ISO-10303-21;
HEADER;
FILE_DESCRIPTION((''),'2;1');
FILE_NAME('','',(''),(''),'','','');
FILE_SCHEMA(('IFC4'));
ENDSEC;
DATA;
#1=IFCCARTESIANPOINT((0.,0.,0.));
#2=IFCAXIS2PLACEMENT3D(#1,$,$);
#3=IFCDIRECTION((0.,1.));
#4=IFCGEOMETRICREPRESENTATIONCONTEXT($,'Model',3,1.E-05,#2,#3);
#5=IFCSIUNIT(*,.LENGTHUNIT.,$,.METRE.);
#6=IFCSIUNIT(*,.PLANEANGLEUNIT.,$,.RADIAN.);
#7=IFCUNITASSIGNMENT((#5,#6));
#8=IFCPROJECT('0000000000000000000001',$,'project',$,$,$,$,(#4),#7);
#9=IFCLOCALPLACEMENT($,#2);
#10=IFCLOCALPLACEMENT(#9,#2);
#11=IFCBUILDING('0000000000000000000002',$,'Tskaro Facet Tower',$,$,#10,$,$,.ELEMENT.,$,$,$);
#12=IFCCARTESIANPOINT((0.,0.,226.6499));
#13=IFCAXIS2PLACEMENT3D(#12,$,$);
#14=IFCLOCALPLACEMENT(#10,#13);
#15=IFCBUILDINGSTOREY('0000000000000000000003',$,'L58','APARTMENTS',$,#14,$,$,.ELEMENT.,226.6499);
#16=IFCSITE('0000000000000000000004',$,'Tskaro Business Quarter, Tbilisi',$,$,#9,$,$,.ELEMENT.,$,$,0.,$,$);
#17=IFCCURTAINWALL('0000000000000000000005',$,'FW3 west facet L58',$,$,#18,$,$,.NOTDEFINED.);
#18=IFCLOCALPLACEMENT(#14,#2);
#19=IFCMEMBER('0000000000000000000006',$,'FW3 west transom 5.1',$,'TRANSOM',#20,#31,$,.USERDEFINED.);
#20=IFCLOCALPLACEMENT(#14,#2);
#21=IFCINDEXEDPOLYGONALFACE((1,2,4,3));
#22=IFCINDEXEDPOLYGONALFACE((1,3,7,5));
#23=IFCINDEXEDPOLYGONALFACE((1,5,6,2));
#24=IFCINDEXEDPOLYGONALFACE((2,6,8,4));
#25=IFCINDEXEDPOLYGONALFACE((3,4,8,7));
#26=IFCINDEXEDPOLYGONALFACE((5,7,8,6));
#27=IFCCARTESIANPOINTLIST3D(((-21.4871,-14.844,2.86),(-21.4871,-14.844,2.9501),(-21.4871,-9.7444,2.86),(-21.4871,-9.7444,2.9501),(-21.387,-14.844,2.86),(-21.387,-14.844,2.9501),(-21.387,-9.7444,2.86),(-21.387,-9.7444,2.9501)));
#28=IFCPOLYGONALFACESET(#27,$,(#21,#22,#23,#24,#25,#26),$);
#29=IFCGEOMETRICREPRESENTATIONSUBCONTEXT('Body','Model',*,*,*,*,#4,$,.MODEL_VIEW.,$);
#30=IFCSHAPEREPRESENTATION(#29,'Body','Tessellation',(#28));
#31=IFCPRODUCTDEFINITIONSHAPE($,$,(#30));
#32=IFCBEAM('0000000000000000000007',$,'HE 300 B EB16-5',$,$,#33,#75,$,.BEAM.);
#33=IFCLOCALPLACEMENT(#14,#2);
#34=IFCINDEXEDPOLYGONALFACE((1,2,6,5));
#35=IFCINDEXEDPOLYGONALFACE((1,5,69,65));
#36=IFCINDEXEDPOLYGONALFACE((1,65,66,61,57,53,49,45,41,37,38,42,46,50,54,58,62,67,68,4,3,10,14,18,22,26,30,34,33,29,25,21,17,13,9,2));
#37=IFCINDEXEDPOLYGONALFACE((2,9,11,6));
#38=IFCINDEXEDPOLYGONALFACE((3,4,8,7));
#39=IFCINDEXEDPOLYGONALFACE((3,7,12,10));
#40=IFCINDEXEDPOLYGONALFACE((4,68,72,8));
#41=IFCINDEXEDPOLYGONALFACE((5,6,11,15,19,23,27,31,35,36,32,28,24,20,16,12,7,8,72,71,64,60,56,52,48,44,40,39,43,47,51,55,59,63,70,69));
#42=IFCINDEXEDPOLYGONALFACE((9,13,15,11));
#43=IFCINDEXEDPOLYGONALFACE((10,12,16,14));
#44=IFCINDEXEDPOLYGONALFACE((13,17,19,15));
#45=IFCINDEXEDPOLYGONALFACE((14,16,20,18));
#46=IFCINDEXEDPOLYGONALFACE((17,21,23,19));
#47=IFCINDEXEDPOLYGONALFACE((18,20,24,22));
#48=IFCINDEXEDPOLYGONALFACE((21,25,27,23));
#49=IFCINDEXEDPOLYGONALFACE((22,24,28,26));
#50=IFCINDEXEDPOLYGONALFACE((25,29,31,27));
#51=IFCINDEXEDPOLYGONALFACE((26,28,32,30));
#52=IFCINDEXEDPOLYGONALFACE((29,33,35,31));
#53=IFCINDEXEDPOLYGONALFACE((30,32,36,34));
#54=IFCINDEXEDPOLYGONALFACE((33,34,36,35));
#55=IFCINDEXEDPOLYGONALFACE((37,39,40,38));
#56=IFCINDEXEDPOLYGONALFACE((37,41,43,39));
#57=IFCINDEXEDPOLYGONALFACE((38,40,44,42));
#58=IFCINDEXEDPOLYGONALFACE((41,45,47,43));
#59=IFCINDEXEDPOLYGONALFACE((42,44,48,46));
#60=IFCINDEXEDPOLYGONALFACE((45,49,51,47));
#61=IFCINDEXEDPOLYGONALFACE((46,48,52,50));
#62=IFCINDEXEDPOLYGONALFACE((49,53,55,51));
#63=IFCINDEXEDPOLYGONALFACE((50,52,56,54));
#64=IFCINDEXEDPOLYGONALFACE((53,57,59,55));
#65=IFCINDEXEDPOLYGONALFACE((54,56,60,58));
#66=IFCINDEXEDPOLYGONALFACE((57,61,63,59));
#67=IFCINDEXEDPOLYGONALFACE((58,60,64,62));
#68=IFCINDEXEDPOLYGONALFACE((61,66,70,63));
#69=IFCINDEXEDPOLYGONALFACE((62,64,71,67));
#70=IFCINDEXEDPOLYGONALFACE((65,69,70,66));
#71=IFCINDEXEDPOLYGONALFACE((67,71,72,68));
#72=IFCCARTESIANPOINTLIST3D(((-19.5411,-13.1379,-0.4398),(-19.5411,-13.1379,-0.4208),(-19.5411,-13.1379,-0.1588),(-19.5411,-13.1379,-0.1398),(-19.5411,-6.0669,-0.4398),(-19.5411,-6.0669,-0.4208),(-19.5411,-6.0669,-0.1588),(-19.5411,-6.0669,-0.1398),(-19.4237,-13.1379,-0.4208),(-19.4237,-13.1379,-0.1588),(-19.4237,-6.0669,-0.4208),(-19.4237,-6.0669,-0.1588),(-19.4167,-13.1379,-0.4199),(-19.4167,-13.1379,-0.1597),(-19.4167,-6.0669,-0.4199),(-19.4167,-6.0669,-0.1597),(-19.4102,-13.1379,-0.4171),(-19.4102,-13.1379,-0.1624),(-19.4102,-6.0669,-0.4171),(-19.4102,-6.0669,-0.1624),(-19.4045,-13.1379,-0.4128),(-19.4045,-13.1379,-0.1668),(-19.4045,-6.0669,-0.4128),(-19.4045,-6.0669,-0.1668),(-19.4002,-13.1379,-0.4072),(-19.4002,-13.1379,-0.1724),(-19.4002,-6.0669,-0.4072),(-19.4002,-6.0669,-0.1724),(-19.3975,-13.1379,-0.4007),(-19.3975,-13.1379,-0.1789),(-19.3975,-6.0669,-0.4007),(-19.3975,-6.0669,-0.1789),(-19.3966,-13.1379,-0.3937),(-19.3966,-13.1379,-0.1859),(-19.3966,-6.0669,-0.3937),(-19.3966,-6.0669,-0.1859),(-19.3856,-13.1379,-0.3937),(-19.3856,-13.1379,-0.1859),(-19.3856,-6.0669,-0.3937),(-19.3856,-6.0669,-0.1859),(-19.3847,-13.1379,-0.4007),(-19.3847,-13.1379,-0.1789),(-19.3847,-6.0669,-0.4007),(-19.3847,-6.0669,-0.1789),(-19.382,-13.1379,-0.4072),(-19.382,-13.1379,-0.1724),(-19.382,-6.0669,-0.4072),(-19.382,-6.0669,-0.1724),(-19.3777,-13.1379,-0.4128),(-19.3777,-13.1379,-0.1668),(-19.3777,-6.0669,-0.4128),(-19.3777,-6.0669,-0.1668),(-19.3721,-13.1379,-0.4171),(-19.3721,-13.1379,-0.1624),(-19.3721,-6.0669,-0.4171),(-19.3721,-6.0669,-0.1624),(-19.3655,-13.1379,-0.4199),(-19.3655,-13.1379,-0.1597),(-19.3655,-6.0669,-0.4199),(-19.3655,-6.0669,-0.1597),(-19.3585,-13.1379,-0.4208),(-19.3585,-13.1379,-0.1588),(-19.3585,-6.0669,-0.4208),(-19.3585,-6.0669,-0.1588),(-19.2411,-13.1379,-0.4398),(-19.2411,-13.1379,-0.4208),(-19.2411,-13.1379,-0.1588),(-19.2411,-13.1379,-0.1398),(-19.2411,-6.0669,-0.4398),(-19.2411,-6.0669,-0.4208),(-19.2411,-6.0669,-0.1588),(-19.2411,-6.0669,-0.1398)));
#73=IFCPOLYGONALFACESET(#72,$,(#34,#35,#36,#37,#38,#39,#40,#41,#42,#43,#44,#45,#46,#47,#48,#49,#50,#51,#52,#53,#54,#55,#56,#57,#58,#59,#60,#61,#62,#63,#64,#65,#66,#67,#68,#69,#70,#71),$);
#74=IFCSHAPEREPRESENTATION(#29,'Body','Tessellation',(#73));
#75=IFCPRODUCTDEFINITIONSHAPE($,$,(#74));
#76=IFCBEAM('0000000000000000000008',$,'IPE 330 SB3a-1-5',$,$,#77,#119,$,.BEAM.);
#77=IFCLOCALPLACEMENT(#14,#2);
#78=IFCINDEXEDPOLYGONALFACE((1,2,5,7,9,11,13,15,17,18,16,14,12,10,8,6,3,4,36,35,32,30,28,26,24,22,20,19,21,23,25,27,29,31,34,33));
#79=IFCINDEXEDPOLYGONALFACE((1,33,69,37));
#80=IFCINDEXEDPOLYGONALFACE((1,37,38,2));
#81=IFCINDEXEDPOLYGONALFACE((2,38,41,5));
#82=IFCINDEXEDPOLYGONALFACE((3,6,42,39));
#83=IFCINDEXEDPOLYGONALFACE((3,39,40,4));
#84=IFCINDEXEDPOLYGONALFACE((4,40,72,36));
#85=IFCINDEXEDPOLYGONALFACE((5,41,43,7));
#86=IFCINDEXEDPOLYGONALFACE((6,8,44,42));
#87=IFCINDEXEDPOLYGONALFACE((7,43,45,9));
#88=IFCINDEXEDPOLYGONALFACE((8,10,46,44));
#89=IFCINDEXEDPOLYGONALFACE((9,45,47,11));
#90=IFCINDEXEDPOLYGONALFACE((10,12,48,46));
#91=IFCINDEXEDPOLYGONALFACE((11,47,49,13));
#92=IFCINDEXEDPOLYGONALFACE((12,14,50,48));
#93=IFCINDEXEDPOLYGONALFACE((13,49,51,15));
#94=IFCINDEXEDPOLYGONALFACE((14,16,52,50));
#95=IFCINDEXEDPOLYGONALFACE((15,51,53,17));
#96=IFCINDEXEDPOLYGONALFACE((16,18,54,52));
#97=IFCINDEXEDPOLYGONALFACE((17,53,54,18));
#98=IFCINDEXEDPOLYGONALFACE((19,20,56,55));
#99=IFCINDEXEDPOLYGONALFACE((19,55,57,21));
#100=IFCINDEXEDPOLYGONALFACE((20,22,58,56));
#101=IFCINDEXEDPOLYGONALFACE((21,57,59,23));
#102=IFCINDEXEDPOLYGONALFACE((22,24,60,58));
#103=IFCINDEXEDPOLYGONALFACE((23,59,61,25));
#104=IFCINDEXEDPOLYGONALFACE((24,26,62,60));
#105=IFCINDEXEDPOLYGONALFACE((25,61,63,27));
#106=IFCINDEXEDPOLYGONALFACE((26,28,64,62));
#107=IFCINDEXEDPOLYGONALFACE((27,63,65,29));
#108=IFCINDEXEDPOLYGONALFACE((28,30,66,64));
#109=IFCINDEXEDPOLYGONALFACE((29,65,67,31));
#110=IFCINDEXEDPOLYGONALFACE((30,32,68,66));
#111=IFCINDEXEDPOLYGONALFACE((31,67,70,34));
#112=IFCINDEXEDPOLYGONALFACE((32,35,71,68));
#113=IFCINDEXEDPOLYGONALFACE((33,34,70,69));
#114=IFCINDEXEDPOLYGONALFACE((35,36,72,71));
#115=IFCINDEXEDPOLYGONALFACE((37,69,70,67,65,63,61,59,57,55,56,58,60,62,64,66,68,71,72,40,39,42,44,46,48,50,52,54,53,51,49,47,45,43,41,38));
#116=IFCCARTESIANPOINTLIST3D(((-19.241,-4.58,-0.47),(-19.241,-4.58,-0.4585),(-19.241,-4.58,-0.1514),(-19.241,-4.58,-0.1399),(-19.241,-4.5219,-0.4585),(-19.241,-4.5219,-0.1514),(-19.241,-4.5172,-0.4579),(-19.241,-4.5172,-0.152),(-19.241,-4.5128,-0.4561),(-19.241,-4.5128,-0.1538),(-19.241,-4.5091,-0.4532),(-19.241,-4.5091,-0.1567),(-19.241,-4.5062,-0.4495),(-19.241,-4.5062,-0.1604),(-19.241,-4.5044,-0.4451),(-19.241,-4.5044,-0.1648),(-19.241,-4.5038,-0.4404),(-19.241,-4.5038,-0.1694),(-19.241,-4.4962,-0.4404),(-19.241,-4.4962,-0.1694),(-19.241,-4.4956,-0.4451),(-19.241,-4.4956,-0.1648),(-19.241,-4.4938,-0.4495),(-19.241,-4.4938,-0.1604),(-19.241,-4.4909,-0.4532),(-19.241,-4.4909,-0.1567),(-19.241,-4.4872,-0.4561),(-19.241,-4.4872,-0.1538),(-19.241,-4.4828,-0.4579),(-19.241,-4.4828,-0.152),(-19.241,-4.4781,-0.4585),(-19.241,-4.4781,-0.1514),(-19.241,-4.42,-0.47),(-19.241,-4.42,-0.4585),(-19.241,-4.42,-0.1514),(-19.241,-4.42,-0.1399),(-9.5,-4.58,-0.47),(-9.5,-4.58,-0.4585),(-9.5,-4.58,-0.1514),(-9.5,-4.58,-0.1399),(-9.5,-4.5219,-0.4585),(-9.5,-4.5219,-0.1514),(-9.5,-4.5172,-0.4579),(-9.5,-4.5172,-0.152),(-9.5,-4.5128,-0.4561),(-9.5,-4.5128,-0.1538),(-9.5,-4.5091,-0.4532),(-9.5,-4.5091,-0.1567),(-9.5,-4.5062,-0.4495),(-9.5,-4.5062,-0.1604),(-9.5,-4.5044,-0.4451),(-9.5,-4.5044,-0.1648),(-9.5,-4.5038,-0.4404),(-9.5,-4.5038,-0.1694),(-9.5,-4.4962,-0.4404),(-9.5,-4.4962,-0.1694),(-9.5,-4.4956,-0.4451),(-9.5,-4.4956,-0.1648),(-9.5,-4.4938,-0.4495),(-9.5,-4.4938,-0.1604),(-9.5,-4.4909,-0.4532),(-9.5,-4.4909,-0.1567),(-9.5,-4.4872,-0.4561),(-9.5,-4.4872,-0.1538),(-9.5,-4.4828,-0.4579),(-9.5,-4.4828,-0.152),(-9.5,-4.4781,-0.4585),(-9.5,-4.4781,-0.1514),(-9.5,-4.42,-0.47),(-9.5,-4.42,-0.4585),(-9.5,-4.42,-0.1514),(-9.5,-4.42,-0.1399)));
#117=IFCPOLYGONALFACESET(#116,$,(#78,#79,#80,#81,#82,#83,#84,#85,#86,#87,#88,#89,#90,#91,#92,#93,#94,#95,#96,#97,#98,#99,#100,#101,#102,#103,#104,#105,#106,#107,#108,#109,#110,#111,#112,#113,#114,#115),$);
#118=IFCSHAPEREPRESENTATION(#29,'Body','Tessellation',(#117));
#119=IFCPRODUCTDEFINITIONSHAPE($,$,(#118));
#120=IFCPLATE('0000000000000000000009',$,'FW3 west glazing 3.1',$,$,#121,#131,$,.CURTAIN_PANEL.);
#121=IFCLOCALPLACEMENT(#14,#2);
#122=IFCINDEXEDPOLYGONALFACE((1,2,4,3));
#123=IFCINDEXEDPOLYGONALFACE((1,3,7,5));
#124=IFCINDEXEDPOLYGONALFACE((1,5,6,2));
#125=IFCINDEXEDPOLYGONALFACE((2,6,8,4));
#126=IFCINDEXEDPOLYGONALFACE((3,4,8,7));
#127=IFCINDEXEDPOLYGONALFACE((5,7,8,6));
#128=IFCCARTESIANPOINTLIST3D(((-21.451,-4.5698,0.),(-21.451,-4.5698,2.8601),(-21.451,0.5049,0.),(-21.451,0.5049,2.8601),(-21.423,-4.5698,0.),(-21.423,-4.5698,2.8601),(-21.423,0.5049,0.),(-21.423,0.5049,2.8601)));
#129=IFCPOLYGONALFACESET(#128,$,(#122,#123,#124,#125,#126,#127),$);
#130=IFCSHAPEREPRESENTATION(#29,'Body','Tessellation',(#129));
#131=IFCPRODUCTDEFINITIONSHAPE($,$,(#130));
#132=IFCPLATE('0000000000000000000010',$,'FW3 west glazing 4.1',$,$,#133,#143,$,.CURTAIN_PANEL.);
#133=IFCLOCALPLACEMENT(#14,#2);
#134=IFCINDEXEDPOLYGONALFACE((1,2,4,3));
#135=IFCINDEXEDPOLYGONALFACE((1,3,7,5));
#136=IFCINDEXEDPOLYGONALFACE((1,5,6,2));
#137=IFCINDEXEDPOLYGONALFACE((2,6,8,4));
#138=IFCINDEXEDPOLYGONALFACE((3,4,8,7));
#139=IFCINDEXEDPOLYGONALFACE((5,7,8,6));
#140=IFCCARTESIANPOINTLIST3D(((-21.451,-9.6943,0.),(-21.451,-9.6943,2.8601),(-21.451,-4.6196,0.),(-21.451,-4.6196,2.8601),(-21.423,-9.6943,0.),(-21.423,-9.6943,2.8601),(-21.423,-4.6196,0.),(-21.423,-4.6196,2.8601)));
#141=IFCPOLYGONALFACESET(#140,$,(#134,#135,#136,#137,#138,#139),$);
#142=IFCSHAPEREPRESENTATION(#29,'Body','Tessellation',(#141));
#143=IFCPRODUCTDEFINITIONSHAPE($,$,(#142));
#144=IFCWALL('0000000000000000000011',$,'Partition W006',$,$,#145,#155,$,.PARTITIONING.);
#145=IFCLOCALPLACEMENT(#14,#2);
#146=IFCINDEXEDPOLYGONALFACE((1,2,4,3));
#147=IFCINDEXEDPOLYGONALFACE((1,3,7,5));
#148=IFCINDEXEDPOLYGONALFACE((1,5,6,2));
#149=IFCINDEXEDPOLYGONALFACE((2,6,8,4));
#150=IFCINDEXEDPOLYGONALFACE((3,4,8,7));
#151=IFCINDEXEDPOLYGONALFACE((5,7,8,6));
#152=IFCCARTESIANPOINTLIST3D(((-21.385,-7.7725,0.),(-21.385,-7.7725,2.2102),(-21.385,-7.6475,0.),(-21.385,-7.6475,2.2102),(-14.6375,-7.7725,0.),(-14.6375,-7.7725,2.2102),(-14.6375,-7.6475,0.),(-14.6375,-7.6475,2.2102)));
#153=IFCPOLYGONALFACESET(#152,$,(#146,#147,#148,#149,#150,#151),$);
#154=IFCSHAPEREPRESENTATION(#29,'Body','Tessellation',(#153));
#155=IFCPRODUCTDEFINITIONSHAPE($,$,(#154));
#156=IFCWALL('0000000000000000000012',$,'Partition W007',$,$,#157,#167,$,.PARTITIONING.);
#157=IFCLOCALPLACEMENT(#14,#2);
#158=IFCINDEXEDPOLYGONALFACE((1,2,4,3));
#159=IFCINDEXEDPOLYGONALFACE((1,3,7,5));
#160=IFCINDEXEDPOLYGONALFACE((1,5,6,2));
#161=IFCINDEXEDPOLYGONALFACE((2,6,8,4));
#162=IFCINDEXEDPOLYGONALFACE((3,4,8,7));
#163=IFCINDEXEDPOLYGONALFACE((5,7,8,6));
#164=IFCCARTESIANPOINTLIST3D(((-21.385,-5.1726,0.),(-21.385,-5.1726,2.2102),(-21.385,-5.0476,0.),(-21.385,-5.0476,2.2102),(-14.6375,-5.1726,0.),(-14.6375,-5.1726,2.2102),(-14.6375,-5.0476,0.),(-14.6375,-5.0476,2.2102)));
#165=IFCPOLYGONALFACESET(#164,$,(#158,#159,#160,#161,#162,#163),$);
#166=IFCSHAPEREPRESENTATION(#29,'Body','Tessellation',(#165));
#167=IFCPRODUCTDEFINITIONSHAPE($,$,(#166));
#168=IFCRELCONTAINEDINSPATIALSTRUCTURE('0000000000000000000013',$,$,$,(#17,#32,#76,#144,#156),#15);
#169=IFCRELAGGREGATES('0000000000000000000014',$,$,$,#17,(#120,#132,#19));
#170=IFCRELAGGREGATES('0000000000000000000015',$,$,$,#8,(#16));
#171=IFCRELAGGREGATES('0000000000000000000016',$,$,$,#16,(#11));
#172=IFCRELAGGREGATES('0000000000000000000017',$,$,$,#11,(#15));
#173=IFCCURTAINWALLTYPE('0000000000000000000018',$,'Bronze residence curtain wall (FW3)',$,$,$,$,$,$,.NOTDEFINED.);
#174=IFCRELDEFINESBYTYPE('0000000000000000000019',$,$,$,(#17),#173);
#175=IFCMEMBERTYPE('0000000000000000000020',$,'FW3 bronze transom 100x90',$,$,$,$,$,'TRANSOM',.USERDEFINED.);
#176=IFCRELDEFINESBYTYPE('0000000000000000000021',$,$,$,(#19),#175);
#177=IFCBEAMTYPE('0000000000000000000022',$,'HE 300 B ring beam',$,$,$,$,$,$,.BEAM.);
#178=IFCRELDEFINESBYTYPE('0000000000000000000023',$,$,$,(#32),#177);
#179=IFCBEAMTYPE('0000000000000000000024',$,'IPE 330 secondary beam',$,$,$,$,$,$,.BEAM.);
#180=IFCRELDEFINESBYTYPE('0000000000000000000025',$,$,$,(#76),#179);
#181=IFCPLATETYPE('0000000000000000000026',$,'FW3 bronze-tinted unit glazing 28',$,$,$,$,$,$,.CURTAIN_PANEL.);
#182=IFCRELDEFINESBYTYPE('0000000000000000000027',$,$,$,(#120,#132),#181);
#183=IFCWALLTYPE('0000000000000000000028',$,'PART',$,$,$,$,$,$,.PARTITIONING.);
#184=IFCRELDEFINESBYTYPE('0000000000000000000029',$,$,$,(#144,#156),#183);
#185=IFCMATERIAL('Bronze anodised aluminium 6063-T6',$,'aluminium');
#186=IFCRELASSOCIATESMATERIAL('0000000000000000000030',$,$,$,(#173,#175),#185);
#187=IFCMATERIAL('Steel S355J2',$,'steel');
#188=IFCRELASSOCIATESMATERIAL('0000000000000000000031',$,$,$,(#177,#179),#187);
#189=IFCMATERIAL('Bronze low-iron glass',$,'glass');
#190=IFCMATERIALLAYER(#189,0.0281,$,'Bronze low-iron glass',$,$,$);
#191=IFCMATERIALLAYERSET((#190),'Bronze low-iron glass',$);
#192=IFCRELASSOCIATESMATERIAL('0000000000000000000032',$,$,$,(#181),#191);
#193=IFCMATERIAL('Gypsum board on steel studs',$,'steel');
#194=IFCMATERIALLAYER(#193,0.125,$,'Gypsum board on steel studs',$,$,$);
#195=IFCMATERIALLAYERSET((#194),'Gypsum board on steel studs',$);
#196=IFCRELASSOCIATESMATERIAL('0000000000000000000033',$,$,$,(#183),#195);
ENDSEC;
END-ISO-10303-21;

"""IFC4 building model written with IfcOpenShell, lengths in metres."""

from ifc_helpers import new_model, si_unit, direction, frame, frame_2d, origin, origin_2d, place, context, subcontext, project, spatial, rectangle, i_section, extrude, material, layer, layer_set, material_profile, profile_set, type_object, element, aggregate, save


model = new_model("IFC4")

# Units and contexts
model_context = context("Model", 3, precision=1e-05, world=origin(), true_north=direction((0.0, 1.0)))
body_context = subcontext(model_context, "Body", "Model", "MODEL_VIEW")
ifc_project = project(units=[si_unit("LENGTHUNIT", "METRE"), si_unit("PLANEANGLEUNIT", "RADIAN")], contexts=[model_context])

# Site, building, storey
site_placement = place(None, origin())
site = spatial("IfcSite", under=ifc_project, at=site_placement, Name="Tskaro Business Quarter, Tbilisi", CompositionType="ELEMENT", RefElevation=0.0)
building_placement = place(site_placement, origin())
building = spatial("IfcBuilding", under=site, at=building_placement, Name="Tskaro Facet Tower", CompositionType="ELEMENT")
storey_placement = place(building_placement, frame((0.0, 0.0, 226.6499)))
storey = spatial("IfcBuildingStorey", under=building, at=storey_placement, Name="L58", Description="APARTMENTS", CompositionType="ELEMENT", Elevation=226.6499)

# Shared definitions
ifc_material_1 = material(Name="Steel S355J2", Category="steel")

# Curtain wall, member
ifc_material_2 = material(Name="Bronze anodised aluminium 6063-T6", Category="aluminium")
curtain_wall_type = type_object("IfcCurtainWallType", Name="Bronze residence curtain wall (FW3)", PredefinedType="NOTDEFINED", material=ifc_material_2)
curtain_wall_placement = place(storey_placement, origin())
curtain_wall = element("IfcCurtainWall", 1, at=curtain_wall_placement, inside=storey, type_object=curtain_wall_type, Name="FW3 west facet L58", PredefinedType="NOTDEFINED")
ifc_material_profile_1 = material_profile(ifc_material_2, rectangle(XDim=0.1001, YDim=0.0901, at=origin_2d()), Name="Transom 100x90")
ifc_profile_set_1 = profile_set([ifc_material_profile_1], Name="Bronze anodised aluminium 6063-T6")
member_type_1 = type_object("IfcMemberType", Name="FW3 bronze transom 100x90", ElementType="TRANSOM", PredefinedType="USERDEFINED", material=ifc_profile_set_1)
member_1_placement = place(storey_placement, frame((-21.437, -9.7444, 2.905), z_axis=(0.0, -1.0, 0.0), x_axis=(1.0, 0.0, 0.0)))
member_1 = element("IfcMember", 2, at=member_1_placement, type_object=member_type_1, Name="FW3 west transom 5.1", ObjectType="TRANSOM", PredefinedType="USERDEFINED", context=body_context, shape_type="SweptSolid", body=[
    extrude(rectangle(XDim=0.1001, YDim=0.0901, at=origin_2d()), origin(), (0.0, 0.0, 1.0), 5.0996),
])

# Beams
ifc_material_profile_2 = material_profile(ifc_material_1, i_section(OverallWidth=0.3, OverallDepth=0.3, WebThickness=0.011, FlangeThickness=0.019, FilletRadius=0.0271, at=origin_2d()), Name="HE 300 B")
ifc_profile_set_2 = profile_set([ifc_material_profile_2], Name="Steel S355J2")
beam_type_1 = type_object("IfcBeamType", Name="HE 300 B ring beam", PredefinedType="BEAM", material=ifc_profile_set_2)
beam_1_placement = place(storey_placement, frame((-19.3911, -6.0669, -0.2898), z_axis=(0.0, -1.0, 0.0), x_axis=(1.0, 0.0, 0.0)))
element("IfcBeam", 3, at=beam_1_placement, inside=storey, type_object=beam_type_1, Name="HE 300 B EB16-5", PredefinedType="BEAM", context=body_context, shape_type="SweptSolid", body=[
    extrude(i_section(OverallWidth=0.3, OverallDepth=0.3, WebThickness=0.011, FlangeThickness=0.019, FilletRadius=0.0271, at=origin_2d()), origin(), (0.0, 0.0, 1.0), 7.071),
])
ifc_material_profile_3 = material_profile(ifc_material_1, i_section(OverallWidth=0.1599, OverallDepth=0.3301, WebThickness=0.0076, FlangeThickness=0.0115, FilletRadius=0.0181, at=origin_2d()), Name="IPE 330")
ifc_profile_set_3 = profile_set([ifc_material_profile_3], Name="Steel S355J2")
beam_type_2 = type_object("IfcBeamType", Name="IPE 330 secondary beam", PredefinedType="BEAM", material=ifc_profile_set_3)
beam_2_placement = place(storey_placement, frame((-19.241, -4.5, -0.3049), z_axis=(1.0, 0.0, 0.0), x_axis=(0.0, 1.0, 0.0)))
element("IfcBeam", 4, at=beam_2_placement, inside=storey, type_object=beam_type_2, Name="IPE 330 SB3a-1-5", PredefinedType="BEAM", context=body_context, shape_type="SweptSolid", body=[
    extrude(i_section(OverallWidth=0.1599, OverallDepth=0.3301, WebThickness=0.0076, FlangeThickness=0.0115, FilletRadius=0.0181, at=origin_2d()), origin(), (0.0, 0.0, 1.0), 9.741),
])

# Plates
ifc_material_3 = material(Name="Bronze low-iron glass", Category="glass")
ifc_layer_1 = layer(ifc_material_3, 0.0281, Name="Bronze low-iron glass")
ifc_layer_set_1 = layer_set([ifc_layer_1], Name="Bronze low-iron glass")
plate_type = type_object("IfcPlateType", Name="FW3 bronze-tinted unit glazing 28", PredefinedType="CURTAIN_PANEL", material=ifc_layer_set_1)
plate_1_placement = place(storey_placement, frame((-21.437, -2.0325, 0.0), z_axis=(0.0, 0.0, 1.0), x_axis=(0.0, -1.0, 0.0)))
plate_1 = element("IfcPlate", 5, at=plate_1_placement, type_object=plate_type, Name="FW3 west glazing 3.1", PredefinedType="CURTAIN_PANEL", context=body_context, shape_type="SweptSolid", body=[
    extrude(rectangle(XDim=5.0747, YDim=0.0281, at=origin_2d()), origin(), (0.0, 0.0, 1.0), 2.8601),
])
plate_2_placement = place(storey_placement, frame((-21.437, -7.157, 0.0), z_axis=(0.0, 0.0, 1.0), x_axis=(0.0, -1.0, 0.0)))
plate_2 = element("IfcPlate", 6, at=plate_2_placement, type_object=plate_type, Name="FW3 west glazing 4.1", PredefinedType="CURTAIN_PANEL", context=body_context, shape_type="SweptSolid", body=[
    extrude(rectangle(XDim=5.0747, YDim=0.0281, at=origin_2d()), origin(), (0.0, 0.0, 1.0), 2.8601),
])
aggregate(curtain_wall, [plate_1, plate_2, member_1])

# Walls
ifc_material_4 = material(Name="Gypsum board on steel studs", Category="steel")
ifc_layer_2 = layer(ifc_material_4, 0.125, Name="Gypsum board on steel studs")
ifc_layer_set_2 = layer_set([ifc_layer_2], Name="Gypsum board on steel studs")
wall_type_1 = type_object("IfcWallType", Name="PART", PredefinedType="PARTITIONING", material=ifc_layer_set_2)
for number, where, z_axis, x_axis, name in (
    (7, (-21.385, -7.71, 0.0), (0.0, 0.0, 1.0), (1.0, 0.0, 0.0), "Partition W006"),
    (8, (-21.385, -5.1101, 0.0), (0.0, 0.0, 1.0), (1.0, 0.0, 0.0), "Partition W007"),
):
    element("IfcWall", number, at=place(storey_placement, frame(where, z_axis=z_axis, x_axis=x_axis)), inside=storey, type_object=wall_type_1, Name=name, PredefinedType="PARTITIONING", context=body_context, shape_type="SweptSolid", body=[
        extrude(rectangle(XDim=6.7476, YDim=0.125, at=frame_2d((3.3738, 0.0))), origin(), (0.0, 0.0, 1.0), 2.2102),
    ])

save(model, "model.ifc")
